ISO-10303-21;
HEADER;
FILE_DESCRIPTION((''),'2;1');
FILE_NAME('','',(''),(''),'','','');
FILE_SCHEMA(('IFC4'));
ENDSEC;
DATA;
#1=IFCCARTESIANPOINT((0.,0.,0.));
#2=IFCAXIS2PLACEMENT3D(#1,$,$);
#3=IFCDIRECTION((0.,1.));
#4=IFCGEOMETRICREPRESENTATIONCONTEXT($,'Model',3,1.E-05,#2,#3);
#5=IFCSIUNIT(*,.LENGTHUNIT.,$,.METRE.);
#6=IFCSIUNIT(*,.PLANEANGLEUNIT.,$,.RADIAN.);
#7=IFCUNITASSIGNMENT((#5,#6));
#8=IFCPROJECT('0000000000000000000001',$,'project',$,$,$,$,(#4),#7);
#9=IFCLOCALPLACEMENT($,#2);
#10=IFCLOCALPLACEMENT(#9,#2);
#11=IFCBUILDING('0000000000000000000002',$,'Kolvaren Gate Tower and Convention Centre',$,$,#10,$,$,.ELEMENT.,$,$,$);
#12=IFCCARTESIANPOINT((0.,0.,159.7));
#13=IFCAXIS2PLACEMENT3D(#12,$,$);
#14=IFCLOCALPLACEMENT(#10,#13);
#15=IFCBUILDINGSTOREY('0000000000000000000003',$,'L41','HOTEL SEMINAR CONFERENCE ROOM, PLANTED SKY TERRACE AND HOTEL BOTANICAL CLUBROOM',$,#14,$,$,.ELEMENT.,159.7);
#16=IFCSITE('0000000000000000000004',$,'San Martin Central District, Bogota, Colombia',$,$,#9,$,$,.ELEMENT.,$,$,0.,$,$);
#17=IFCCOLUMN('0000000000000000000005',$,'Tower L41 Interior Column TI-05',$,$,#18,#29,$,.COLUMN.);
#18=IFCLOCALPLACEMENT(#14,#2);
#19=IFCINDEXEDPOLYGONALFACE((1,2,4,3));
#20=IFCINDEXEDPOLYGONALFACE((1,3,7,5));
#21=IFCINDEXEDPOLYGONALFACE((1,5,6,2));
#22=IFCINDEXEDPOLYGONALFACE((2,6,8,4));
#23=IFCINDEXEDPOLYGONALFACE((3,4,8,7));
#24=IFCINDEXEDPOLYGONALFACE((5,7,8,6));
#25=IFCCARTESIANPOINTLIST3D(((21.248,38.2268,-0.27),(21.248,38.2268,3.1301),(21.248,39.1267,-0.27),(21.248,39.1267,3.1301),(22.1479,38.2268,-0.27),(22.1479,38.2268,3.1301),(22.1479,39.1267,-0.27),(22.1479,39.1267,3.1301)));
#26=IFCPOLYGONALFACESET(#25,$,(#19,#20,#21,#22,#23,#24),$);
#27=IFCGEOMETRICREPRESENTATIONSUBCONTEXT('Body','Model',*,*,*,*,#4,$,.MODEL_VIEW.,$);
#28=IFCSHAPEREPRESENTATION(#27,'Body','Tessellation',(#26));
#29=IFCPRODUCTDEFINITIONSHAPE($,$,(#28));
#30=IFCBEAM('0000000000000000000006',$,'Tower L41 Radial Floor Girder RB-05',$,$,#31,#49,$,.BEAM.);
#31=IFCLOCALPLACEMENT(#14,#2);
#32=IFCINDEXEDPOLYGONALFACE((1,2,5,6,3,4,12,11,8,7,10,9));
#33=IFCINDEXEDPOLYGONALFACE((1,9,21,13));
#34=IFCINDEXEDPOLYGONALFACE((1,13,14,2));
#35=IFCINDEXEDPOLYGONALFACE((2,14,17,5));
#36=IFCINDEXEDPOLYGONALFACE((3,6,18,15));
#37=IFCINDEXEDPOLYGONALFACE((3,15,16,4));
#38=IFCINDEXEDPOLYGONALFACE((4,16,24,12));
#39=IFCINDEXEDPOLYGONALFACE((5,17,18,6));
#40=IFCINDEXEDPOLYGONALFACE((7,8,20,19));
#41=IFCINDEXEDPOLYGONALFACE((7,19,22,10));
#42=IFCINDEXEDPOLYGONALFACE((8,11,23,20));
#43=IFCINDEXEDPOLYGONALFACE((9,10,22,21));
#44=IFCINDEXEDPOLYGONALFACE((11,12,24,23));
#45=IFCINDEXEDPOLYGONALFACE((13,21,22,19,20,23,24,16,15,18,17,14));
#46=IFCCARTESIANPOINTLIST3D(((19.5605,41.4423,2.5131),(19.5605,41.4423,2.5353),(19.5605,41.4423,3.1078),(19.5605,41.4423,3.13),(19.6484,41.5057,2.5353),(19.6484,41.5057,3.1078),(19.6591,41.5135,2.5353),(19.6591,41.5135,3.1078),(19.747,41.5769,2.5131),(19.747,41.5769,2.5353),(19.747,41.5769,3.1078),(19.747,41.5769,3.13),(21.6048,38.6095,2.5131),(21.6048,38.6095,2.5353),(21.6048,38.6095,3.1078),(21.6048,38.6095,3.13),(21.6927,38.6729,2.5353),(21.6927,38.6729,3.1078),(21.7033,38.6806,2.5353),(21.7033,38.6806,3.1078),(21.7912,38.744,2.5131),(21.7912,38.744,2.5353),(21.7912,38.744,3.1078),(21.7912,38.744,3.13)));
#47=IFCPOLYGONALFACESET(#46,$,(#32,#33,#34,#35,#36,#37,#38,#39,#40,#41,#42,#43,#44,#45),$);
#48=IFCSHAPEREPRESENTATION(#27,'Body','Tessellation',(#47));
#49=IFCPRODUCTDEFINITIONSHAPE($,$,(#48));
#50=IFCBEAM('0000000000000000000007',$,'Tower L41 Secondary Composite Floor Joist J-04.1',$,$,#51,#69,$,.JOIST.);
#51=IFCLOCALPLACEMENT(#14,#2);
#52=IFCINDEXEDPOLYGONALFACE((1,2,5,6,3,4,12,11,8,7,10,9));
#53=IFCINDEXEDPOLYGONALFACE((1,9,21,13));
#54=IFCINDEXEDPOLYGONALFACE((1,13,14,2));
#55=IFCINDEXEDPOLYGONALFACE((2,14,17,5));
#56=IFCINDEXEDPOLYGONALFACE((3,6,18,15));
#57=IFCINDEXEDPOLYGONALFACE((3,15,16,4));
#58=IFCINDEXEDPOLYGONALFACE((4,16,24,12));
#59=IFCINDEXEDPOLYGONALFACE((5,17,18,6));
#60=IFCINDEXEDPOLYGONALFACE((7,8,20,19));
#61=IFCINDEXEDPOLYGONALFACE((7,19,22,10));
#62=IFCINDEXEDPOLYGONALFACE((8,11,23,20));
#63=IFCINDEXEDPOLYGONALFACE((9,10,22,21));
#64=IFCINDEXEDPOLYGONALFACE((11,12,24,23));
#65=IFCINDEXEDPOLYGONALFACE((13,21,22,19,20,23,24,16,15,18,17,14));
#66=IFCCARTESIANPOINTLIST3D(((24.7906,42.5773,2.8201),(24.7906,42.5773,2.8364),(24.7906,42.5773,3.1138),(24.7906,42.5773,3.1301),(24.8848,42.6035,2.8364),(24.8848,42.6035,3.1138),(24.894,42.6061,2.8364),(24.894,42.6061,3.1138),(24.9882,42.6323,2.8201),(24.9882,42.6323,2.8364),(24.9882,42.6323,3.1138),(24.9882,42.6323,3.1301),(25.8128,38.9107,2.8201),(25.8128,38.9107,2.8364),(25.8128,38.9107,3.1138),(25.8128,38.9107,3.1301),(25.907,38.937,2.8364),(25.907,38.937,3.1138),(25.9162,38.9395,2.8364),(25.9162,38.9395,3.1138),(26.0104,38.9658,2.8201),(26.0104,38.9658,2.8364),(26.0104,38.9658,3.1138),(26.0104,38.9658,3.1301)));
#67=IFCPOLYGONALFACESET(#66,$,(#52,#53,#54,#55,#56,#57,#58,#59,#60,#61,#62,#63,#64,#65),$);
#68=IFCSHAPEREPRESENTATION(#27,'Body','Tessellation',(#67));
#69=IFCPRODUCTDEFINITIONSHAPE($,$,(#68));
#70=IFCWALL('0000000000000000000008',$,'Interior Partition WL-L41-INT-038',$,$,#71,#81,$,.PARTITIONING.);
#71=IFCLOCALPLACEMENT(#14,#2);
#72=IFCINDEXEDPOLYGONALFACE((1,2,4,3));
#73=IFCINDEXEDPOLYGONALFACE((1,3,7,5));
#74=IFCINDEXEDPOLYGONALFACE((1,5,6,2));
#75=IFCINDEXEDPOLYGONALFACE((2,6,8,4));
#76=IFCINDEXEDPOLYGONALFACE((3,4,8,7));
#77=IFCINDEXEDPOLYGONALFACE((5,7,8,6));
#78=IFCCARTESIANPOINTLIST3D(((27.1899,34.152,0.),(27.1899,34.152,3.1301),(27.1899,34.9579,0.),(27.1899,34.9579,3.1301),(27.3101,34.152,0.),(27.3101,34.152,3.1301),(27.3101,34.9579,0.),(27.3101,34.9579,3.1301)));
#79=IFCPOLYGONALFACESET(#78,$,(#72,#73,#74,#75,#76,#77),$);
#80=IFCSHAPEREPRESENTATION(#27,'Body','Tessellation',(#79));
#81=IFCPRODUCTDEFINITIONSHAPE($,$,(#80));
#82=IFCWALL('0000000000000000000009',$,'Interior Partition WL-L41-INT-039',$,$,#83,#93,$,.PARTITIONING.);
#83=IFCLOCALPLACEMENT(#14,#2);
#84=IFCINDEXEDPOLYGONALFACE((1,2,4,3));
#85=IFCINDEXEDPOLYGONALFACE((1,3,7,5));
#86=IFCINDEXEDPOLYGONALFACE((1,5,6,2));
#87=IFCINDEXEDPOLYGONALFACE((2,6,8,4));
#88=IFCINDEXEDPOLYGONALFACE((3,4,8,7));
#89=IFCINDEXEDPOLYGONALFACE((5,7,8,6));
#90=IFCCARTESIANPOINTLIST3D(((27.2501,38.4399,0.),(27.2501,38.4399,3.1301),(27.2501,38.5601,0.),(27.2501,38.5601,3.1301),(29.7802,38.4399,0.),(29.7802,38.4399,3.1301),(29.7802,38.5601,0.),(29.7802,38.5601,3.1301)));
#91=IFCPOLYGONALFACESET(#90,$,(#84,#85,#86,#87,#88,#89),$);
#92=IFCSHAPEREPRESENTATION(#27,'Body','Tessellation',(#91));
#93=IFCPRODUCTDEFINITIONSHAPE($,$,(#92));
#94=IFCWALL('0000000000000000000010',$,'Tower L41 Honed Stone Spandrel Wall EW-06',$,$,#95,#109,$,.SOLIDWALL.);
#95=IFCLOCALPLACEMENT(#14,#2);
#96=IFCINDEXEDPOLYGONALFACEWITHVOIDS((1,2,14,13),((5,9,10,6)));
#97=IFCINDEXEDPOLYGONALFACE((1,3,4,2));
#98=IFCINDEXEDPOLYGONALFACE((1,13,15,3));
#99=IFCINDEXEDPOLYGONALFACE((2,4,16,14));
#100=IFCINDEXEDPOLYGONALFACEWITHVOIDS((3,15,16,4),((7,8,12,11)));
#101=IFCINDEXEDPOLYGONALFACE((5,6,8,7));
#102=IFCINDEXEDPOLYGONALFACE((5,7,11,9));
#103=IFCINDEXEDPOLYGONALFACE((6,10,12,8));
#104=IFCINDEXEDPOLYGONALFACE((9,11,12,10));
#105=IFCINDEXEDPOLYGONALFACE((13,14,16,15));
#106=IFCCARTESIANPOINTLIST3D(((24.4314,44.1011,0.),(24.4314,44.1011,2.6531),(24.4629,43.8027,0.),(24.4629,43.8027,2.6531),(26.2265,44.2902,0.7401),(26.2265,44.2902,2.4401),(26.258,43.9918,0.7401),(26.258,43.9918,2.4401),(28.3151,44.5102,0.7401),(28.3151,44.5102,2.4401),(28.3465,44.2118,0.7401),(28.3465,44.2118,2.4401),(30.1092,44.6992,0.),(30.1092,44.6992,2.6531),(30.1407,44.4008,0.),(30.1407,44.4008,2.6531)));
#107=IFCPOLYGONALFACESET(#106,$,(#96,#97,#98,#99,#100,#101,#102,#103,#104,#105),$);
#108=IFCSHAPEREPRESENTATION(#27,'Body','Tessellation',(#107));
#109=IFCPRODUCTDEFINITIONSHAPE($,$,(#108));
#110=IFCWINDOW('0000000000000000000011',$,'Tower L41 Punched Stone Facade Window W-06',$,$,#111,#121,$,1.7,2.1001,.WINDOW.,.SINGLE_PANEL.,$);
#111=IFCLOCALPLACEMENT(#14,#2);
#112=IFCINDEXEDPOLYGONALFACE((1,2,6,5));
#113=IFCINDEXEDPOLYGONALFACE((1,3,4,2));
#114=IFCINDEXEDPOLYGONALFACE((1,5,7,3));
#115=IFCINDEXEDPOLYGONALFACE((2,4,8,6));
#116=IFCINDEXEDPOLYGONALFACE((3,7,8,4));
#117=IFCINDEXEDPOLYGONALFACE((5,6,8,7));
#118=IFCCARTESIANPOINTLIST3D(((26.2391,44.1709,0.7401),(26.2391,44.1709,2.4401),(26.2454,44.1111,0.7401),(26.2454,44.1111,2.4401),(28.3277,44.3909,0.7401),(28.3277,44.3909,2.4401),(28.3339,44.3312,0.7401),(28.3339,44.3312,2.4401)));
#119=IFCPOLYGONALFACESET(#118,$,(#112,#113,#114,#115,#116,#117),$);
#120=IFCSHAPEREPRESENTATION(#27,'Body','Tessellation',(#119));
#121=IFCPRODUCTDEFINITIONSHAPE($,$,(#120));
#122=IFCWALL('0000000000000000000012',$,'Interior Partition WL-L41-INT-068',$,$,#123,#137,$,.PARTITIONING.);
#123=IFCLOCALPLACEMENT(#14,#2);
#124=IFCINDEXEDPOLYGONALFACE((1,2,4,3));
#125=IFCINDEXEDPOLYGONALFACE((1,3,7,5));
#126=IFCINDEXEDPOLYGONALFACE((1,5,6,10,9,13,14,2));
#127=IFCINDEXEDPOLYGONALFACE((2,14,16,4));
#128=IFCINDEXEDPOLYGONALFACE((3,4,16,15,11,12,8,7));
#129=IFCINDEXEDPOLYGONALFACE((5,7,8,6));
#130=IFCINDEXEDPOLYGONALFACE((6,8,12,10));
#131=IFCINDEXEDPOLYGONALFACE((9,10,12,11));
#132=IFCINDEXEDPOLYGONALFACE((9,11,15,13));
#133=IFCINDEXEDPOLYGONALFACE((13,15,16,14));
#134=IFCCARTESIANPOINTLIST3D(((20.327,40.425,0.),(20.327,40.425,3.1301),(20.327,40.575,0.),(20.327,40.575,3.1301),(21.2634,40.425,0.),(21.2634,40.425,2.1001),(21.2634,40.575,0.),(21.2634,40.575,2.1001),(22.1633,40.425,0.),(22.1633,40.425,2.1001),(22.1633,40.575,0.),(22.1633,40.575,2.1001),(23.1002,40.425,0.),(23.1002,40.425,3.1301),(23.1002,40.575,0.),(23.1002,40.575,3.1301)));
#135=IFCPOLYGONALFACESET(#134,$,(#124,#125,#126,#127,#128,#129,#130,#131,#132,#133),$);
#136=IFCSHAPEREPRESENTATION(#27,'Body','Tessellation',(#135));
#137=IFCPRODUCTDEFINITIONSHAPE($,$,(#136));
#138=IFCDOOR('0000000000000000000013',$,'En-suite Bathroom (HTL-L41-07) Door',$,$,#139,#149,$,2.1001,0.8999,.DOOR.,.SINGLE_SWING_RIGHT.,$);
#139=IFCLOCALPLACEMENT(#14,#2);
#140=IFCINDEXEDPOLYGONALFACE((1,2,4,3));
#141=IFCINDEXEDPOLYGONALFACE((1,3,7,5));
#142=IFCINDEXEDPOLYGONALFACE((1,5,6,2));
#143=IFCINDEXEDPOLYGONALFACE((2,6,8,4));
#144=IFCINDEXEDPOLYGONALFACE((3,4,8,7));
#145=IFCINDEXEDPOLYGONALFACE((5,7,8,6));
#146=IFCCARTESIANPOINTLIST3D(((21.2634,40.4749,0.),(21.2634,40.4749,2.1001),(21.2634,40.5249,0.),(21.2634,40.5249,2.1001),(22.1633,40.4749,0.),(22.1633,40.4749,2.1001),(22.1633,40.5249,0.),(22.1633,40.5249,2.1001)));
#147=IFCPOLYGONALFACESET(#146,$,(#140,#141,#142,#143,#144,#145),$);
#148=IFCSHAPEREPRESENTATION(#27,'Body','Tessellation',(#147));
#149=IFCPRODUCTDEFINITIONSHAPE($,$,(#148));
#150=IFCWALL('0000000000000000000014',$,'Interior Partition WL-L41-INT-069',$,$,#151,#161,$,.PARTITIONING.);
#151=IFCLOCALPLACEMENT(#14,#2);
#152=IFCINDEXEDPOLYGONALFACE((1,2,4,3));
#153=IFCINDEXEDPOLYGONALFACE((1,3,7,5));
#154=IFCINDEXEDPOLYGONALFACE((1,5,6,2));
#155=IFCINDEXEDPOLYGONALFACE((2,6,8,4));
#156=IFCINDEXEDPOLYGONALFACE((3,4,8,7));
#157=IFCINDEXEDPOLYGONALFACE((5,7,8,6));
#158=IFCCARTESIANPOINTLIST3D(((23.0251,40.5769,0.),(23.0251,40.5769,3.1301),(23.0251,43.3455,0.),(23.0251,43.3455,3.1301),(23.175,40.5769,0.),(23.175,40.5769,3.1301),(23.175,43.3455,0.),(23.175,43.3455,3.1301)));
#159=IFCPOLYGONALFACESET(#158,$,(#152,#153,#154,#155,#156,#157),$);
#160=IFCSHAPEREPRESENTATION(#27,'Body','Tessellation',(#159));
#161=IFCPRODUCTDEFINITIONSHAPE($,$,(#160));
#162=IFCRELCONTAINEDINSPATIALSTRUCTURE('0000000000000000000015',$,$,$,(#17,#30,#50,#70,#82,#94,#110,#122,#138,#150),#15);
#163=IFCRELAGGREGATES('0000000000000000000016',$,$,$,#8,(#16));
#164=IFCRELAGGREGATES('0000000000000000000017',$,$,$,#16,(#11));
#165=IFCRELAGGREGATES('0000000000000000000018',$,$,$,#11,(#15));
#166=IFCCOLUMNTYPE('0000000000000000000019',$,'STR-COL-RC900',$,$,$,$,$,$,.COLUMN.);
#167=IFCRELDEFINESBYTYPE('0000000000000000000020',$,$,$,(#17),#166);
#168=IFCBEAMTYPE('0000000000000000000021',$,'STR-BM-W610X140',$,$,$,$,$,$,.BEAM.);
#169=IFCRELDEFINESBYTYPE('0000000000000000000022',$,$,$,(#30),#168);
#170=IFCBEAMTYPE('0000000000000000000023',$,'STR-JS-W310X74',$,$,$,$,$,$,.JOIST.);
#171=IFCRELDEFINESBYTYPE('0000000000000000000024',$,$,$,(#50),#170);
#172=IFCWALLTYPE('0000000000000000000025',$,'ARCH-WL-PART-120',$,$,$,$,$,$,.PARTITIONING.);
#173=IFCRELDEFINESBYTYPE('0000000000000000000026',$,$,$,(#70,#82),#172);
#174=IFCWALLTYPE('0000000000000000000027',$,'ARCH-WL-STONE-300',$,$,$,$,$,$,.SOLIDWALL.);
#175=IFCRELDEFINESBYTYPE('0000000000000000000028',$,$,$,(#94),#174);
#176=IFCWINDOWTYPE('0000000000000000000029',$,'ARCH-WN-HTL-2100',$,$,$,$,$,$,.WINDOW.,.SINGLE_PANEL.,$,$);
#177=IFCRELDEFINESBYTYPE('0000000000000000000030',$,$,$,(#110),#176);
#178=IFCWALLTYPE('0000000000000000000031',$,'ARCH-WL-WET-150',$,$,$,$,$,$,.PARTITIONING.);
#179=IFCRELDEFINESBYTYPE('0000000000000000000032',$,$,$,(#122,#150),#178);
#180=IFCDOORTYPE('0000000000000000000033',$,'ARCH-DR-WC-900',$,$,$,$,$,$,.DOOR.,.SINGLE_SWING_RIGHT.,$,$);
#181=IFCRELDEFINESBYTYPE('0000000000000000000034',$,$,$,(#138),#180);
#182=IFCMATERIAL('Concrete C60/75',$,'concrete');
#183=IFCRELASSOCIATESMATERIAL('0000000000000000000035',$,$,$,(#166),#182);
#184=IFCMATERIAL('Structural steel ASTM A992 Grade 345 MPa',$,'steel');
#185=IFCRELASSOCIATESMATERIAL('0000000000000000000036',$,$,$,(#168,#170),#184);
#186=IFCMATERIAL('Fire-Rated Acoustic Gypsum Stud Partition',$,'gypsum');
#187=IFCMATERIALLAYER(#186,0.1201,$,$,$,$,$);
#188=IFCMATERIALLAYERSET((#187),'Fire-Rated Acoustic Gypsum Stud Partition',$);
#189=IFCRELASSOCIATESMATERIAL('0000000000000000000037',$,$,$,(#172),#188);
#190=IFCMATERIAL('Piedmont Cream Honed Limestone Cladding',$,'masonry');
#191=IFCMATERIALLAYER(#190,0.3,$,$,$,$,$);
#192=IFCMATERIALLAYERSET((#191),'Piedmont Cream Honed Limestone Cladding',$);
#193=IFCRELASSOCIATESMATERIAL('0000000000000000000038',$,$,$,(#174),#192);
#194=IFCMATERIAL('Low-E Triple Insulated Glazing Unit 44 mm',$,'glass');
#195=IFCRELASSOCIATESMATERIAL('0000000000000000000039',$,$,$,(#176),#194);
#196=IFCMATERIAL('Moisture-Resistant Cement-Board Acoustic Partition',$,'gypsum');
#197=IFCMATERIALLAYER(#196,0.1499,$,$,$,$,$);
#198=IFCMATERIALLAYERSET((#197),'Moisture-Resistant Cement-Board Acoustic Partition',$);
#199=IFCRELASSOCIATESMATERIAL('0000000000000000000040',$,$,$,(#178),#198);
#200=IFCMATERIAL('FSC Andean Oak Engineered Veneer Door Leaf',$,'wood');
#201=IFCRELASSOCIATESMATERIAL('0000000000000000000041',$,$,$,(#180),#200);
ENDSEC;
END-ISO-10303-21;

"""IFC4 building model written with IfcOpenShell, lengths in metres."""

from ifc_helpers import new_model, si_unit, direction, frame, frame_2d, origin, origin_2d, place, context, subcontext, project, spatial, rectangle, i_section, extrude, material, layer, layer_set, material_profile, profile_set, type_object, element, fill, save


model = new_model("IFC4")

# Units and contexts
model_context = context("Model", 3, precision=1e-05, world=origin(), true_north=direction((0.0, 1.0)))
body_context = subcontext(model_context, "Body", "Model", "MODEL_VIEW")
ifc_project = project(units=[si_unit("LENGTHUNIT", "METRE"), si_unit("PLANEANGLEUNIT", "RADIAN")], contexts=[model_context])

# Site, building, storey
site_placement = place(None, origin())
site = spatial("IfcSite", under=ifc_project, at=site_placement, Name="San Martin Central District, Bogota, Colombia", CompositionType="ELEMENT", RefElevation=0.0)
building_placement = place(site_placement, origin())
building = spatial("IfcBuilding", under=site, at=building_placement, Name="Kolvaren Gate Tower and Convention Centre", CompositionType="ELEMENT")
storey_placement = place(building_placement, frame((0.0, 0.0, 159.7)))
storey = spatial("IfcBuildingStorey", under=building, at=storey_placement, Name="L41", Description="HOTEL SEMINAR CONFERENCE ROOM, PLANTED SKY TERRACE AND HOTEL BOTANICAL CLUBROOM", CompositionType="ELEMENT", Elevation=159.7)

# Column
ifc_material_1 = material(Name="Concrete C60/75", Category="concrete")
ifc_material_profile_1 = material_profile(ifc_material_1, rectangle(XDim=0.8999, YDim=0.8999, at=origin_2d()), Name="RC-COL-900X900")
ifc_profile_set_1 = profile_set([ifc_material_profile_1], Name="Concrete C60/75")
column_type = type_object("IfcColumnType", Name="STR-COL-RC900", PredefinedType="COLUMN", material=ifc_profile_set_1)
column_placement = place(storey_placement, frame((21.698, 38.6768, -0.27), z_axis=(0.0, 0.0, 1.0), x_axis=(1.0, 0.0, 0.0)))
element("IfcColumn", 1, at=column_placement, inside=storey, type_object=column_type, Name="Tower L41 Interior Column TI-05", PredefinedType="COLUMN", context=body_context, shape_type="SweptSolid", body=[
    extrude(rectangle(XDim=0.8999, YDim=0.8999, at=origin_2d()), origin(), (0.0, 0.0, 1.0), 3.4001),
])

# Beams
ifc_material_2 = material(Name="Structural steel ASTM A992 Grade 345 MPa", Category="steel")
ifc_material_profile_2 = material_profile(ifc_material_2, i_section(OverallWidth=0.23, OverallDepth=0.6169, WebThickness=0.0132, FlangeThickness=0.0222, at=origin_2d()), Name="W610X140")
ifc_profile_set_2 = profile_set([ifc_material_profile_2], Name="Structural steel ASTM A992 Grade 345 MPa")
beam_type_1 = type_object("IfcBeamType", Name="STR-BM-W610X140", PredefinedType="BEAM", material=ifc_profile_set_2)
beam_1_placement = place(storey_placement, frame((21.698, 38.6768, 2.8215), z_axis=(-0.585172, 0.81091, 0.0), x_axis=(-0.81091, -0.585172, 0.0)))
element("IfcBeam", 2, at=beam_1_placement, inside=storey, type_object=beam_type_1, Name="Tower L41 Radial Floor Girder RB-05", PredefinedType="BEAM", context=body_context, shape_type="SweptSolid", body=[
    extrude(i_section(OverallWidth=0.23, OverallDepth=0.6169, WebThickness=0.0132, FlangeThickness=0.0222, at=origin_2d()), origin(), (0.0, 0.0, 1.0), 3.4934),
])
ifc_material_profile_3 = material_profile(ifc_material_2, i_section(OverallWidth=0.2051, OverallDepth=0.3101, WebThickness=0.0095, FlangeThickness=0.0164, at=origin_2d()), Name="W310X74")
ifc_profile_set_3 = profile_set([ifc_material_profile_3], Name="Structural steel ASTM A992 Grade 345 MPa")
beam_type_2 = type_object("IfcBeamType", Name="STR-JS-W310X74", PredefinedType="JOIST", material=ifc_profile_set_3)
beam_2_placement = place(storey_placement, frame((25.9116, 38.9382, 2.9751), z_axis=(-0.268557, 0.963264, 0.0), x_axis=(-0.963264, -0.268557, 0.0)))
element("IfcBeam", 3, at=beam_2_placement, inside=storey, type_object=beam_type_2, Name="Tower L41 Secondary Composite Floor Joist J-04.1", PredefinedType="JOIST", context=body_context, shape_type="SweptSolid", body=[
    extrude(i_section(OverallWidth=0.2051, OverallDepth=0.3101, WebThickness=0.0095, FlangeThickness=0.0164, at=origin_2d()), origin(), (0.0, 0.0, 1.0), 3.8064),
])

# Walls
ifc_material_3 = material(Name="Fire-Rated Acoustic Gypsum Stud Partition", Category="gypsum")
ifc_layer_1 = layer(ifc_material_3, 0.1201)
ifc_layer_set_1 = layer_set([ifc_layer_1], Name="Fire-Rated Acoustic Gypsum Stud Partition")
wall_type_1 = type_object("IfcWallType", Name="ARCH-WL-PART-120", PredefinedType="PARTITIONING", material=ifc_layer_set_1)
wall_1_placement = place(storey_placement, frame((27.25, 34.1521, 0.0), z_axis=(0.0, 0.0, 1.0), x_axis=(0.0, 1.0, 0.0)))
element("IfcWall", 4, at=wall_1_placement, inside=storey, type_object=wall_type_1, Name="Interior Partition WL-L41-INT-038", PredefinedType="PARTITIONING", context=body_context, shape_type="SweptSolid", body=[
    extrude(rectangle(XDim=0.8059, YDim=0.1201, at=frame_2d((0.4028, 0.0))), origin(), (0.0, 0.0, 1.0), 3.1301),
])
wall_2_placement = place(storey_placement, frame((27.25, 38.5, 0.0), z_axis=(0.0, 0.0, 1.0), x_axis=(1.0, 0.0, 0.0)))
element("IfcWall", 5, at=wall_2_placement, inside=storey, type_object=wall_type_1, Name="Interior Partition WL-L41-INT-039", PredefinedType="PARTITIONING", context=body_context, shape_type="SweptSolid", body=[
    extrude(rectangle(XDim=2.53, YDim=0.1201, at=frame_2d((1.2651, 0.0))), origin(), (0.0, 0.0, 1.0), 3.1301),
])

# Wall, opening, window
ifc_material_4 = material(Name="Piedmont Cream Honed Limestone Cladding", Category="masonry")
ifc_layer_2 = layer(ifc_material_4, 0.3)
ifc_layer_set_2 = layer_set([ifc_layer_2], Name="Piedmont Cream Honed Limestone Cladding")
wall_type_2 = type_object("IfcWallType", Name="ARCH-WL-STONE-300", PredefinedType="SOLIDWALL", material=ifc_layer_set_2)
wall_3_placement = place(storey_placement, frame((24.4473, 43.9519, 0.0), z_axis=(0.0, 0.0, 1.0), x_axis=(0.994497, 0.104769, 0.0)))
wall_3 = element("IfcWall", 6, at=wall_3_placement, inside=storey, type_object=wall_type_2, Name="Tower L41 Honed Stone Spandrel Wall EW-06", PredefinedType="SOLIDWALL", context=body_context, shape_type="SweptSolid", body=[
    extrude(rectangle(XDim=5.7092, YDim=0.3, at=frame_2d((2.8545, 0.0))), origin(), (0.0, 0.0, 1.0), 2.6531),
])
opening_1_placement = place(wall_3_placement, frame((1.8049, 0.0, 0.74)))
opening_1 = element("IfcOpeningElement", 7, at=opening_1_placement, cuts=wall_3, PredefinedType="OPENING", context=body_context, shape_type="SweptSolid", body=[
    extrude(rectangle(XDim=2.1001, YDim=1.7, at=frame_2d((1.05, 0.8501))), frame((0.0, 0.1599, 0.0), z_axis=(0.0, -1.0, 0.0), x_axis=(1.0, 0.0, 0.0)), (0.0, 0.0, 1.0), 0.3201),
])
ifc_material_5 = material(Name="Low-E Triple Insulated Glazing Unit 44 mm", Category="glass")
window_type = type_object("IfcWindowType", Name="ARCH-WN-HTL-2100", PartitioningType="SINGLE_PANEL", PredefinedType="WINDOW", material=ifc_material_5)
window_placement = place(opening_1_placement, origin())
window = element("IfcWindow", 8, at=window_placement, inside=storey, type_object=window_type, Name="Tower L41 Punched Stone Facade Window W-06", OverallHeight=1.7, OverallWidth=2.1001, PartitioningType="SINGLE_PANEL", PredefinedType="WINDOW", context=body_context, shape_type="SweptSolid", body=[
    extrude(rectangle(XDim=2.1001, YDim=1.7, at=frame_2d((1.05, 0.8501))), frame((0.0, 0.03, 0.0), z_axis=(0.0, -1.0, 0.0), x_axis=(1.0, 0.0, 0.0)), (0.0, 0.0, 1.0), 0.0601),
])
fill(opening_1, window)

# Wall, opening, door
ifc_material_6 = material(Name="Moisture-Resistant Cement-Board Acoustic Partition", Category="gypsum")
ifc_layer_3 = layer(ifc_material_6, 0.1499)
ifc_layer_set_3 = layer_set([ifc_layer_3], Name="Moisture-Resistant Cement-Board Acoustic Partition")
wall_type_3 = type_object("IfcWallType", Name="ARCH-WL-WET-150", PredefinedType="PARTITIONING", material=ifc_layer_set_3)
wall_4_placement = place(storey_placement, frame((20.3269, 40.5, 0.0), z_axis=(0.0, 0.0, 1.0), x_axis=(1.0, 0.0, 0.0)))
wall_4 = element("IfcWall", 9, at=wall_4_placement, inside=storey, type_object=wall_type_3, Name="Interior Partition WL-L41-INT-068", PredefinedType="PARTITIONING", context=body_context, shape_type="SweptSolid", body=[
    extrude(rectangle(XDim=2.7732, YDim=0.1499, at=frame_2d((1.3867, 0.0))), origin(), (0.0, 0.0, 1.0), 3.1301),
])
opening_2_placement = place(wall_4_placement, frame((0.9365, 0.0, 0.0)))
opening_2 = element("IfcOpeningElement", 10, at=opening_2_placement, cuts=wall_4, PredefinedType="OPENING", context=body_context, shape_type="SweptSolid", body=[
    extrude(rectangle(XDim=0.8999, YDim=2.1001, at=frame_2d((0.45, 1.05))), frame((0.0, 0.085, 0.0), z_axis=(0.0, -1.0, 0.0), x_axis=(1.0, 0.0, 0.0)), (0.0, 0.0, 1.0), 0.1699),
])
ifc_material_7 = material(Name="FSC Andean Oak Engineered Veneer Door Leaf", Category="wood")
door_type_1 = type_object("IfcDoorType", Name="ARCH-DR-WC-900", OperationType="SINGLE_SWING_RIGHT", PredefinedType="DOOR", material=ifc_material_7)
door_1_placement = place(opening_2_placement, origin())
door_1 = element("IfcDoor", 11, at=door_1_placement, inside=storey, type_object=door_type_1, Name="En-suite Bathroom (HTL-L41-07) Door", OperationType="SINGLE_SWING_RIGHT", OverallHeight=2.1001, OverallWidth=0.8999, PredefinedType="DOOR", context=body_context, shape_type="SweptSolid", body=[
    extrude(rectangle(XDim=0.8999, YDim=2.1001, at=frame_2d((0.45, 1.05))), frame((0.0, 0.0249, 0.0), z_axis=(0.0, -1.0, 0.0), x_axis=(1.0, 0.0, 0.0)), (0.0, 0.0, 1.0), 0.05),
])
fill(opening_2, door_1)

# Wall
wall_5_placement = place(storey_placement, frame((23.1001, 40.5769, 0.0), z_axis=(0.0, 0.0, 1.0), x_axis=(0.0, 1.0, 0.0)))
element("IfcWall", 12, at=wall_5_placement, inside=storey, type_object=wall_type_3, Name="Interior Partition WL-L41-INT-069", PredefinedType="PARTITIONING", context=body_context, shape_type="SweptSolid", body=[
    extrude(rectangle(XDim=2.7686, YDim=0.1499, at=frame_2d((1.3843, 0.0))), origin(), (0.0, 0.0, 1.0), 3.1301),
])

save(model, "model.ifc")
